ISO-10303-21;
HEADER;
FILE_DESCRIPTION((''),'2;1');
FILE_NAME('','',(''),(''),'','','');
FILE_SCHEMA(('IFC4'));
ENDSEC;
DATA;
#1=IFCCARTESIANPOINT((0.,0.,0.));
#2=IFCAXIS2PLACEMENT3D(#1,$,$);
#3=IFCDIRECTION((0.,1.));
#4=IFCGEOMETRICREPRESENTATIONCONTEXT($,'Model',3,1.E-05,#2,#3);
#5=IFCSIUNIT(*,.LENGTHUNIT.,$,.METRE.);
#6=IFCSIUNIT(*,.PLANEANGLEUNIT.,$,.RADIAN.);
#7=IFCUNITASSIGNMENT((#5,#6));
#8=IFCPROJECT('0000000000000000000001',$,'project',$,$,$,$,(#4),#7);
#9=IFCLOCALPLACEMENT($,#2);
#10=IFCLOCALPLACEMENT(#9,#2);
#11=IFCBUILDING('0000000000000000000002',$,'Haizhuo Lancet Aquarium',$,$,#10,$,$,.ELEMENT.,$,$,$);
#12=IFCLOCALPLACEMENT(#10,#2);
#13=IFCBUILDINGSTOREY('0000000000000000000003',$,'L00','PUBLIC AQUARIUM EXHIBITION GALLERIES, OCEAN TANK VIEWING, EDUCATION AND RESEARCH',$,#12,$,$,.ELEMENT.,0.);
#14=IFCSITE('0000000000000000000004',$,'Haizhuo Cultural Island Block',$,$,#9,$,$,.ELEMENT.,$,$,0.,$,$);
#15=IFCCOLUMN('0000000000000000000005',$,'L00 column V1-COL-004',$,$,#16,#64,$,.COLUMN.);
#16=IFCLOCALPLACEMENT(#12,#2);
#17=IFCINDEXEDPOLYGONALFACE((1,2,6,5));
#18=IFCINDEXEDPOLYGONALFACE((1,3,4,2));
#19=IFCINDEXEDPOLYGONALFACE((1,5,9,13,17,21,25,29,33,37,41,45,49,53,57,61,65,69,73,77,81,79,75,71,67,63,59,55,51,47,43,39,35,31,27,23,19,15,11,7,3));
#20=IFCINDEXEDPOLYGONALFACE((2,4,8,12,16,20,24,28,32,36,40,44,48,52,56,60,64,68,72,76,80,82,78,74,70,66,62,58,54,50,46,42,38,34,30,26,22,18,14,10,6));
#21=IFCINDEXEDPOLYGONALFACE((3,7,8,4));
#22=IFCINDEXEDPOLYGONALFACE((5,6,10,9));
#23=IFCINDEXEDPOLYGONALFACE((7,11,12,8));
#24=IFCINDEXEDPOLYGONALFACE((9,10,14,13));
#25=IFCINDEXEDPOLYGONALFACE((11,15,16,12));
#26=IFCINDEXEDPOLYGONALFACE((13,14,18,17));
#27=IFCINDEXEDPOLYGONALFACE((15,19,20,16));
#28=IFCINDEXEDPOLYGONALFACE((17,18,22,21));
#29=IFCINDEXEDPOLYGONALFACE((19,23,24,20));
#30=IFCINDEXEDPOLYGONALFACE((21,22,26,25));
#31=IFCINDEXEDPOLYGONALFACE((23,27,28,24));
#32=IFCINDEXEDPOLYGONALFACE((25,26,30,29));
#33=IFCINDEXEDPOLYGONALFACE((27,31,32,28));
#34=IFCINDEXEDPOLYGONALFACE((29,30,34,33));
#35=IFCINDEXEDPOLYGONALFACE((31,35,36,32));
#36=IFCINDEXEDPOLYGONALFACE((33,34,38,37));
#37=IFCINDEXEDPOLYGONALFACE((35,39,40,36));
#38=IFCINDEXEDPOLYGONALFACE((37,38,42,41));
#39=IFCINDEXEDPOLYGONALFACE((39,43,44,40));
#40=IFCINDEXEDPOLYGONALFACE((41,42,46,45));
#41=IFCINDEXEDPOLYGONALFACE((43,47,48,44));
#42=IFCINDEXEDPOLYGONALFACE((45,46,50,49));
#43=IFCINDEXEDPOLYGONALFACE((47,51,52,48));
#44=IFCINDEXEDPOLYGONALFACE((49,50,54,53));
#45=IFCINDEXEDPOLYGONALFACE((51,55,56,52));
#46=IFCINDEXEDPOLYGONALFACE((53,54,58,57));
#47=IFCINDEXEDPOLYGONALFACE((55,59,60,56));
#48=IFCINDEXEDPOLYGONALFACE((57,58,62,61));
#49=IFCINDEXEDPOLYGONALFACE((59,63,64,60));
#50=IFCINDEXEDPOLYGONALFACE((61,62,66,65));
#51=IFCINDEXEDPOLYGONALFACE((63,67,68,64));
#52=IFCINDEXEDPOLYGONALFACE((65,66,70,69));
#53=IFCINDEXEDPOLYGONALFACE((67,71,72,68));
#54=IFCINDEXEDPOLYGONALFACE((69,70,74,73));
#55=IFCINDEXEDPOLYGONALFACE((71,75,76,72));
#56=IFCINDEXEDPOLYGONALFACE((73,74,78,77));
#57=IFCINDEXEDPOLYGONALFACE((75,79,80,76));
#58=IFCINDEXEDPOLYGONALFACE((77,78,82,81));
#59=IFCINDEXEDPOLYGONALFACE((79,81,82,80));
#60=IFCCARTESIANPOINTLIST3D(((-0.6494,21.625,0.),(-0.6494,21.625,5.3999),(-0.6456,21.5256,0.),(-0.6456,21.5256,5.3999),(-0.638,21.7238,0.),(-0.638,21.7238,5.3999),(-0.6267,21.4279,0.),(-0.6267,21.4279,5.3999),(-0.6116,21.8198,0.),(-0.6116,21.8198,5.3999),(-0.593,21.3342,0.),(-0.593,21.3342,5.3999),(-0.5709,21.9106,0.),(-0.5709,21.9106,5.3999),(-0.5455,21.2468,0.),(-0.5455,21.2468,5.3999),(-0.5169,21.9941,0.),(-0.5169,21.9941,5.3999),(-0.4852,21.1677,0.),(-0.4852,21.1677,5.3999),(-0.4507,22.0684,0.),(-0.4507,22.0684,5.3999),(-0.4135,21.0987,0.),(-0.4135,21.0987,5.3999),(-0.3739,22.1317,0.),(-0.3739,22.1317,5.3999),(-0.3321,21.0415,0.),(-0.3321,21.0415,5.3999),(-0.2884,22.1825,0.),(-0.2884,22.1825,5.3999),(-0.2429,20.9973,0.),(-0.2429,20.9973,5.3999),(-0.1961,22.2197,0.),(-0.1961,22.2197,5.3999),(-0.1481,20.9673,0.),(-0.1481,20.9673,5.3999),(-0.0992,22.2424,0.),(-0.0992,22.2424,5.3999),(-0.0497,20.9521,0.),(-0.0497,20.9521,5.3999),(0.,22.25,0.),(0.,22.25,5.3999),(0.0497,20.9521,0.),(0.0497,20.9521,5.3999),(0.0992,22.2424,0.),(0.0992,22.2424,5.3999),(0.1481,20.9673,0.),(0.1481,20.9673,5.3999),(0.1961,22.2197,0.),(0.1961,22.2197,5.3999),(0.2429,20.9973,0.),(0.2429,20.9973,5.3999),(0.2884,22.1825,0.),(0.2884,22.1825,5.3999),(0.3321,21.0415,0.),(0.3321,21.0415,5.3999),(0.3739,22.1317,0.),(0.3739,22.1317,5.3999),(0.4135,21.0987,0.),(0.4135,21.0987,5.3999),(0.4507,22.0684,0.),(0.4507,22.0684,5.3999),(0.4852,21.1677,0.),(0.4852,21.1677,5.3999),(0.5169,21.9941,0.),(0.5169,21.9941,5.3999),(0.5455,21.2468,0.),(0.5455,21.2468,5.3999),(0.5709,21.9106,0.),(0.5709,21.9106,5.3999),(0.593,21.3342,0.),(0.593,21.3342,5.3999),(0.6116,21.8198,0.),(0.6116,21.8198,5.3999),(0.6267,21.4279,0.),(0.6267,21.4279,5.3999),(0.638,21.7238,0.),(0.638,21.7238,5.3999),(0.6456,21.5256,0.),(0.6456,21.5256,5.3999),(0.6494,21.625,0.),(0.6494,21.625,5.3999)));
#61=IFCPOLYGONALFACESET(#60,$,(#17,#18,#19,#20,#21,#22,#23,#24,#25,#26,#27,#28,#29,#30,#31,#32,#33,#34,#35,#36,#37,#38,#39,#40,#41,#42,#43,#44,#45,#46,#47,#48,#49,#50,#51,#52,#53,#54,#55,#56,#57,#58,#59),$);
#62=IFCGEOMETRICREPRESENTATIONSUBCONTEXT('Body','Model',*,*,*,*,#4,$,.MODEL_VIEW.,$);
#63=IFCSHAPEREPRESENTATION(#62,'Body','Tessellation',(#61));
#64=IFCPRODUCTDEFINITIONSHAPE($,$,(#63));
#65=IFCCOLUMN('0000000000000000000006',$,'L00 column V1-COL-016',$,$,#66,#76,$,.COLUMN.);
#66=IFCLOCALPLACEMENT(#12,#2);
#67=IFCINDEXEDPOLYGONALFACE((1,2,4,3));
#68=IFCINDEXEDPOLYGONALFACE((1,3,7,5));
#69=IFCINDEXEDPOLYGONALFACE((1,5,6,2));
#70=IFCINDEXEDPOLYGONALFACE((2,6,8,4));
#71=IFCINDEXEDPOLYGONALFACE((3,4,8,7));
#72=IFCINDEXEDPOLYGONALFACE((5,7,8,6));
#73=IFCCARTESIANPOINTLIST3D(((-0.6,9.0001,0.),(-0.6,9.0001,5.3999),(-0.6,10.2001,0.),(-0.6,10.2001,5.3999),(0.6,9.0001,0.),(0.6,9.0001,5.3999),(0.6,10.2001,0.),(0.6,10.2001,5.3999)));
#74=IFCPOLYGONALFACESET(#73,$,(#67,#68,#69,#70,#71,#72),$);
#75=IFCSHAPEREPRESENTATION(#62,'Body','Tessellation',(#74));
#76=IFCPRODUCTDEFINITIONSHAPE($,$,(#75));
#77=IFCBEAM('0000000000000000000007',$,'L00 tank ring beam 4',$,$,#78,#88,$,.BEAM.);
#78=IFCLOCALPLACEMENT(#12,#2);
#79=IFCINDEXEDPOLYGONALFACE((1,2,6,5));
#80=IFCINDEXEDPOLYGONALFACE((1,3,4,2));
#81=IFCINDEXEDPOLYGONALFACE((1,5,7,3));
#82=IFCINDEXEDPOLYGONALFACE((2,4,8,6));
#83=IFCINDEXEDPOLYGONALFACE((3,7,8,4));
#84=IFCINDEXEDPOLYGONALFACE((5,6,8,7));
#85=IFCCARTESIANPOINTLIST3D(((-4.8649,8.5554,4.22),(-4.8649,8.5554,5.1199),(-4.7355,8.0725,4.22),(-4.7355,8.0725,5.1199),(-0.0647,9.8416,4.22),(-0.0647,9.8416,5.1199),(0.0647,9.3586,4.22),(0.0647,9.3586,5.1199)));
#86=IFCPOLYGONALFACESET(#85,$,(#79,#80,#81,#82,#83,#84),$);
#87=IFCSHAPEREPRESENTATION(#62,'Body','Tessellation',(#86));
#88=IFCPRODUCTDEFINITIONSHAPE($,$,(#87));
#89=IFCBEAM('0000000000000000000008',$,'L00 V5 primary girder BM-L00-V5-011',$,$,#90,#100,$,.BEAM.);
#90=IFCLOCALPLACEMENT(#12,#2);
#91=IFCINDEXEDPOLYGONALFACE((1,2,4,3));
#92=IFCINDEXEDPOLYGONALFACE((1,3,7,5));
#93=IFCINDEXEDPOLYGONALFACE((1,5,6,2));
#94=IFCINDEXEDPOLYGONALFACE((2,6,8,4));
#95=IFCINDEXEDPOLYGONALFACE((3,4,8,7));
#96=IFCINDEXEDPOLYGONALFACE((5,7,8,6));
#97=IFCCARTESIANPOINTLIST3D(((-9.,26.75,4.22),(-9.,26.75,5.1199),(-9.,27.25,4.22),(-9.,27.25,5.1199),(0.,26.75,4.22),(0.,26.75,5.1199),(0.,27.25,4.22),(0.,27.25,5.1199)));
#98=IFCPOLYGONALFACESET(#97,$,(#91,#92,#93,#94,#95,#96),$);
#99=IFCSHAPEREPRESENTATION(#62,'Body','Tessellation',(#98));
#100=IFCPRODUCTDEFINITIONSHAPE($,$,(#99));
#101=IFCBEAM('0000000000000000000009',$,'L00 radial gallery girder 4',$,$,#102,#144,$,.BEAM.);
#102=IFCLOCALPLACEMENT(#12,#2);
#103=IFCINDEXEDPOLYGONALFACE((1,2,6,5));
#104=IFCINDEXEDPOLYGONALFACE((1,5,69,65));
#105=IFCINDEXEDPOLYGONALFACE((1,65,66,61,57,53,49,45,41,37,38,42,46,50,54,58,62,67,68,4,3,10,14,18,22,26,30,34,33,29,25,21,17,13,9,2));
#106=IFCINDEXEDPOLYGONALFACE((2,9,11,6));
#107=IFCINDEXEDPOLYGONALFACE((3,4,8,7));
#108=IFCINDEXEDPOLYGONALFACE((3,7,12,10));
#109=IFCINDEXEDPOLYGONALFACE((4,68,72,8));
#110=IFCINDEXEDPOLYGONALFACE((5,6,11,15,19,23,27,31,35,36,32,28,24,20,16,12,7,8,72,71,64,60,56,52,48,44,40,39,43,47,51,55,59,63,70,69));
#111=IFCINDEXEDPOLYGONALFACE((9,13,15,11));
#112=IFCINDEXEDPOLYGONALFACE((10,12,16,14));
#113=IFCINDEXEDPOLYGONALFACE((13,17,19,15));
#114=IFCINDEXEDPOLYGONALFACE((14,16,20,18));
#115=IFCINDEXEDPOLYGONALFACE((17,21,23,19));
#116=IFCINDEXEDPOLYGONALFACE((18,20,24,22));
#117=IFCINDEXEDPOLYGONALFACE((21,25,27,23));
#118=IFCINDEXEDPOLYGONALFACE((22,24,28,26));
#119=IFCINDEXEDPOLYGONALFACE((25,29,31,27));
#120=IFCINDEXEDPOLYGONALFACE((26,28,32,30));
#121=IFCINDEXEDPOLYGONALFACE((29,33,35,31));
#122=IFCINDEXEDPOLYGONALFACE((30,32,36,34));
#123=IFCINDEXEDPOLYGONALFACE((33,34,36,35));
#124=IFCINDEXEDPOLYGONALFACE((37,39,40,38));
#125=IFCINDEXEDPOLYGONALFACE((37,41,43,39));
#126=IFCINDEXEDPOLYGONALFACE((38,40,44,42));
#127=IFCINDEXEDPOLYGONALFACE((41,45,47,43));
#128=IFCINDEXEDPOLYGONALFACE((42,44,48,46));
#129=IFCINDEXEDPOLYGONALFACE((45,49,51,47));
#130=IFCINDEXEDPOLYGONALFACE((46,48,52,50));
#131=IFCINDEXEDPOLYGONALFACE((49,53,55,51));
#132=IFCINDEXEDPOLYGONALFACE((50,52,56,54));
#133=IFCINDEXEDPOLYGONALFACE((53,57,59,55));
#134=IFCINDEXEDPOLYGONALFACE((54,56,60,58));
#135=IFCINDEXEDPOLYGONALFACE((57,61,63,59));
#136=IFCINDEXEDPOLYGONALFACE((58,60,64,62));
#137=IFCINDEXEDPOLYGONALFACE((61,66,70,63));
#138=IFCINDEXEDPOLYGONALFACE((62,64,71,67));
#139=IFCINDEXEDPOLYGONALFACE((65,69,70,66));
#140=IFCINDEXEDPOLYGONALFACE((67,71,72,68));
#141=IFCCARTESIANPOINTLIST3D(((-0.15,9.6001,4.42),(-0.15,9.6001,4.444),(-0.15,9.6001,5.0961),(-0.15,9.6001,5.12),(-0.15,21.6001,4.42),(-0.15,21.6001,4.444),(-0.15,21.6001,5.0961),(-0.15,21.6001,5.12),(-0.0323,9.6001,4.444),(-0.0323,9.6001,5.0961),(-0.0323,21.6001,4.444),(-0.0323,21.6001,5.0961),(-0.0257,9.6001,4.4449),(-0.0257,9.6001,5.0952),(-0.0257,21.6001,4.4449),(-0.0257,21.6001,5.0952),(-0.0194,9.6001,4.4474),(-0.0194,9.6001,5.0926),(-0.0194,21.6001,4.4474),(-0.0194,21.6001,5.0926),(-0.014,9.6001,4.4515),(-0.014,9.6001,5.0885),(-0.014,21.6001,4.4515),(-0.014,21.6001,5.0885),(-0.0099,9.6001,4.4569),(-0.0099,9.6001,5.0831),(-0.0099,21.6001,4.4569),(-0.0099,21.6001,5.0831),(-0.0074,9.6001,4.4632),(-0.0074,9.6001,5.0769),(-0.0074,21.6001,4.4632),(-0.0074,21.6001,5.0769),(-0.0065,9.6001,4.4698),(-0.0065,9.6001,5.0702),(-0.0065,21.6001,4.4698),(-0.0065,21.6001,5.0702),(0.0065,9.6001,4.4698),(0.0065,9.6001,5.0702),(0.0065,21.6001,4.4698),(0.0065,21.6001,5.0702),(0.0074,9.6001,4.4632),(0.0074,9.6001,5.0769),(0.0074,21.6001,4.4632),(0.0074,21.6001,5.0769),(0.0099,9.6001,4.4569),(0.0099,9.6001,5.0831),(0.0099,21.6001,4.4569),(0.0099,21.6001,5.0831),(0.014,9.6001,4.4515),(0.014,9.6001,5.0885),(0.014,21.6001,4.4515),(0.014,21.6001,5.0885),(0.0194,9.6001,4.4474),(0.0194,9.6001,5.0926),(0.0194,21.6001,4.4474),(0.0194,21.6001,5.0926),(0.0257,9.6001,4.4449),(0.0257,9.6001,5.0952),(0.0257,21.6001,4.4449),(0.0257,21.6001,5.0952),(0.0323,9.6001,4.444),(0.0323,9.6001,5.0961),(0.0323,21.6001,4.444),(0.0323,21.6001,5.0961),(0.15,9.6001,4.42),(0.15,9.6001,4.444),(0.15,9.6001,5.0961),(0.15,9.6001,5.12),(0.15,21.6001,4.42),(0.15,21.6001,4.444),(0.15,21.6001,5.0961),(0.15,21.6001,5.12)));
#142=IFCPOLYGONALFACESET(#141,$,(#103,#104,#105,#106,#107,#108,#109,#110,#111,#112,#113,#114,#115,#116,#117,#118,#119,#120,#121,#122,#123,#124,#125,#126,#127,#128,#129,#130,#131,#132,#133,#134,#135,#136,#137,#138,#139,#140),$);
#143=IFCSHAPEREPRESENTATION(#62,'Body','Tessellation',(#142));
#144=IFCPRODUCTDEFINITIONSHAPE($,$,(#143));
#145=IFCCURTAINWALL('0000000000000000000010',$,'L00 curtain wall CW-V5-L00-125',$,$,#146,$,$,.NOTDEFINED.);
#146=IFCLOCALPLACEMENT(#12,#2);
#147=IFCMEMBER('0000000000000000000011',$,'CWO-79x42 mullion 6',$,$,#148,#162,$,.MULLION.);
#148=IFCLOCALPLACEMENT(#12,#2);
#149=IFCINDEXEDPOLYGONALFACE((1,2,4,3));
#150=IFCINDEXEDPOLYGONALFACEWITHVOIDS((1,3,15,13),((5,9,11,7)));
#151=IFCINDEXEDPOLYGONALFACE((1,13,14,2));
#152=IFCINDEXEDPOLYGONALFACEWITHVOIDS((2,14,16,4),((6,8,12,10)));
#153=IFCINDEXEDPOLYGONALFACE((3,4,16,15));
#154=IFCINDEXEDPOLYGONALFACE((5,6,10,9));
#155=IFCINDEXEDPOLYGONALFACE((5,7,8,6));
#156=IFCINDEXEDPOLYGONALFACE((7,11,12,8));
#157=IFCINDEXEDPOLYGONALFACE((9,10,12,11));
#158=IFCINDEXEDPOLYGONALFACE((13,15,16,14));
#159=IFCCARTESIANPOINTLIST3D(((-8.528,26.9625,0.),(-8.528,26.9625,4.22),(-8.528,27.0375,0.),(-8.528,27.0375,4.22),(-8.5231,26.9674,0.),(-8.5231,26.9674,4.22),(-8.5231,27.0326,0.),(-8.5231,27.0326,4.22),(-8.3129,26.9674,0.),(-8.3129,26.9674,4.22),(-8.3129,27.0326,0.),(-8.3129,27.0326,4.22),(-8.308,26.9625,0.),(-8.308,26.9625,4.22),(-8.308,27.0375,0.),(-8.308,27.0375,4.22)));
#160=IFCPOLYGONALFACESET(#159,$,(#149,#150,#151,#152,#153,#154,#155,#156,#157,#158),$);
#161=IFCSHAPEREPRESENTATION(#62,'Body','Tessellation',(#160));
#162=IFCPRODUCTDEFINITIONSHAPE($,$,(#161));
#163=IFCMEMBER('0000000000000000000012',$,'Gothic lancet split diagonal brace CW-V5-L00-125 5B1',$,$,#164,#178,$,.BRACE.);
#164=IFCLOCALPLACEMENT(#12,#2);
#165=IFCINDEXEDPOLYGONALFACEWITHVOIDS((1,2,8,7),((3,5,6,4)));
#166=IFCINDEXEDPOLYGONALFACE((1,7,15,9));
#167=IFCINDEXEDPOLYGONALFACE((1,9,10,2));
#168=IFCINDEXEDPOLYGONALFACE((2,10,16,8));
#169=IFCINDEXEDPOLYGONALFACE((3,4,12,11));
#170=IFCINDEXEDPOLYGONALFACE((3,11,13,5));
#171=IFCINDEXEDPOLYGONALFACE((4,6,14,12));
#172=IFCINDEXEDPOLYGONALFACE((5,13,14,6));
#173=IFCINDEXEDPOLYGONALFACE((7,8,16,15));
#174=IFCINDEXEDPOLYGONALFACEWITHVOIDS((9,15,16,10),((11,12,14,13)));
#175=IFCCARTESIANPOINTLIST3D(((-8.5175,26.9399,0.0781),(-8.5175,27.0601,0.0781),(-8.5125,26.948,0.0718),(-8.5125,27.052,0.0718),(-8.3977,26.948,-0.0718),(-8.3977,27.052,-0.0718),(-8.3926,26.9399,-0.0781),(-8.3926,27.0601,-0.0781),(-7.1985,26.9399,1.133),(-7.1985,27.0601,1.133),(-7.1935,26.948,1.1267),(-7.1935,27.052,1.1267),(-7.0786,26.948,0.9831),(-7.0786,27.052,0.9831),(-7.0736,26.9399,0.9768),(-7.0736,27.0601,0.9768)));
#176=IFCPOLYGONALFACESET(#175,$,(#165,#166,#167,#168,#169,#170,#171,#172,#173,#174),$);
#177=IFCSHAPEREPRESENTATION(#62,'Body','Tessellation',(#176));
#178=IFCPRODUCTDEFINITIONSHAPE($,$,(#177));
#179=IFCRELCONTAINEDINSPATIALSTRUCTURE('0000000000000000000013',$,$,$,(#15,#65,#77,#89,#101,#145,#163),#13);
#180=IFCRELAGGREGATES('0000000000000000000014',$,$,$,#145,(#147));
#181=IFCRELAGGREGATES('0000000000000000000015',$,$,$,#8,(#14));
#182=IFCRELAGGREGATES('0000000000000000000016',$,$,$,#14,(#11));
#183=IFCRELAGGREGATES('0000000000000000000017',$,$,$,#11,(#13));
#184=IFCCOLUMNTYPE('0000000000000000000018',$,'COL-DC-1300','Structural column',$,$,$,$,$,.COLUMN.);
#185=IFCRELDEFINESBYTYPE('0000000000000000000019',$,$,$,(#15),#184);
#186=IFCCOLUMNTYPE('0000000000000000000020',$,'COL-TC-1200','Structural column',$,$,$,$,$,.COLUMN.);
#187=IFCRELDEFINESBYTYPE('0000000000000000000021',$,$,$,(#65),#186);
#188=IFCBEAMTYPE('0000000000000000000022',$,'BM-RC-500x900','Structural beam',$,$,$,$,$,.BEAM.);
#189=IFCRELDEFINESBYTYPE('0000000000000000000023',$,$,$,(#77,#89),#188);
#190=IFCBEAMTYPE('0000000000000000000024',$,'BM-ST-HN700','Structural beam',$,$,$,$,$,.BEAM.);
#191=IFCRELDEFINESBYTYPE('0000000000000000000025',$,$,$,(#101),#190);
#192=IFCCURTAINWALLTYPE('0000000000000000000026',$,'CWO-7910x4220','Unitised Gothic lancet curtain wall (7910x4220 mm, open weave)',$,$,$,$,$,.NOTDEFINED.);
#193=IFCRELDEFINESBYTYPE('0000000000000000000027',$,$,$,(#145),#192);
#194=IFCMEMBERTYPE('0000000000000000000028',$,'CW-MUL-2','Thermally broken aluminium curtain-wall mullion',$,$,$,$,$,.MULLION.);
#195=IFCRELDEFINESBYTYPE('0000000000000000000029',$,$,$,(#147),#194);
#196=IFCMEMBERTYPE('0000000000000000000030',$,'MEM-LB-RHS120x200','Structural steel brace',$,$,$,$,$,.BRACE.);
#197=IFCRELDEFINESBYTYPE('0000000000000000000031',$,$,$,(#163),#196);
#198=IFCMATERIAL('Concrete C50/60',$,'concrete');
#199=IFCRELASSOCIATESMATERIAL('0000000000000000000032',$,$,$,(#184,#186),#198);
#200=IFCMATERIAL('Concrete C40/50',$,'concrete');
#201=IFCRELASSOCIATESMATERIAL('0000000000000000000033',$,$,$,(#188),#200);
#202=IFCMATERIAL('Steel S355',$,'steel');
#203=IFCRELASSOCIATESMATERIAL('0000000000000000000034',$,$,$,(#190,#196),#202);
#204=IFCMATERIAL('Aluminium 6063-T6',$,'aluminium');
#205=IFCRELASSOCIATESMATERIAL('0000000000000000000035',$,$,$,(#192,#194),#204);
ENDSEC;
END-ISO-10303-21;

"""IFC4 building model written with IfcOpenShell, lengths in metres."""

from ifc_helpers import new_model, si_unit, direction, frame, origin, origin_2d, place, context, subcontext, project, spatial, rectangle, hollow_rectangle, circle, i_section, extrude, material, material_profile, profile_set, type_object, element, aggregate, save


model = new_model("IFC4")

# Units and contexts
model_context = context("Model", 3, precision=1e-05, world=origin(), true_north=direction((0.0, 1.0)))
body_context = subcontext(model_context, "Body", "Model", "MODEL_VIEW")
ifc_project = project(units=[si_unit("LENGTHUNIT", "METRE"), si_unit("PLANEANGLEUNIT", "RADIAN")], contexts=[model_context])

# Site, building, storey
site_placement = place(None, origin())
site = spatial("IfcSite", under=ifc_project, at=site_placement, Name="Haizhuo Cultural Island Block", CompositionType="ELEMENT", RefElevation=0.0)
building_placement = place(site_placement, origin())
building = spatial("IfcBuilding", under=site, at=building_placement, Name="Haizhuo Lancet Aquarium", CompositionType="ELEMENT")
storey_placement = place(building_placement, origin())
storey = spatial("IfcBuildingStorey", under=building, at=storey_placement, Name="L00", Description="PUBLIC AQUARIUM EXHIBITION GALLERIES, OCEAN TANK VIEWING, EDUCATION AND RESEARCH", CompositionType="ELEMENT", Elevation=0.0)

# Columns
ifc_material_1 = material(Name="Concrete C50/60", Category="concrete")
ifc_material_profile_1 = material_profile(ifc_material_1, circle(Radius=0.6499, at=origin_2d()), Name="RC-DC 1300")
ifc_profile_set_1 = profile_set([ifc_material_profile_1], Name="Concrete C50/60")
column_type_1 = type_object("IfcColumnType", Name="COL-DC-1300", Description="Structural column", PredefinedType="COLUMN", material=ifc_profile_set_1)
column_1_placement = place(storey_placement, frame((0.0, 21.6001, 0.0), z_axis=(0.0, 0.0, 1.0), x_axis=(0.0, 1.0, 0.0)))
element("IfcColumn", 1, at=column_1_placement, inside=storey, type_object=column_type_1, Name="L00 column V1-COL-004", PredefinedType="COLUMN", context=body_context, shape_type="SweptSolid", body=[
    extrude(circle(Radius=0.6499, at=origin_2d()), origin(), (0.0, 0.0, 1.0), 5.3999),
])
ifc_material_profile_2 = material_profile(ifc_material_1, rectangle(XDim=1.2, YDim=1.2, at=origin_2d()), Name="RC-COL 1200x1200")
ifc_profile_set_2 = profile_set([ifc_material_profile_2], Name="Concrete C50/60")
column_type_2 = type_object("IfcColumnType", Name="COL-TC-1200", Description="Structural column", PredefinedType="COLUMN", material=ifc_profile_set_2)
column_2_placement = place(storey_placement, frame((0.0, 9.6001, 0.0), z_axis=(0.0, 0.0, 1.0), x_axis=(0.0, 1.0, 0.0)))
element("IfcColumn", 2, at=column_2_placement, inside=storey, type_object=column_type_2, Name="L00 column V1-COL-016", PredefinedType="COLUMN", context=body_context, shape_type="SweptSolid", body=[
    extrude(rectangle(XDim=1.2, YDim=1.2, at=origin_2d()), origin(), (0.0, 0.0, 1.0), 5.3999),
])

# Beams
ifc_material_2 = material(Name="Concrete C40/50", Category="concrete")
ifc_material_profile_3 = material_profile(ifc_material_2, rectangle(XDim=0.5, YDim=0.8999, at=origin_2d()), Name="RC-BM 500x900")
ifc_profile_set_3 = profile_set([ifc_material_profile_3], Name="Concrete C40/50")
beam_type_1 = type_object("IfcBeamType", Name="BM-RC-500x900", Description="Structural beam", PredefinedType="BEAM", material=ifc_profile_set_3)
beam_1_placement = place(storey_placement, frame((0.0, 9.6001, 4.6699), z_axis=(-0.965928, -0.258812, 0.0), x_axis=(0.258812, -0.965928, 0.0)))
element("IfcBeam", 3, at=beam_1_placement, inside=storey, type_object=beam_type_1, Name="L00 tank ring beam 4", PredefinedType="BEAM", context=body_context, shape_type="SweptSolid", body=[
    extrude(rectangle(XDim=0.5, YDim=0.8999, at=origin_2d()), origin(), (0.0, 0.0, 1.0), 4.9695),
])
beam_2_placement = place(storey_placement, frame((-9.0, 27.0, 4.6699), z_axis=(1.0, 0.0, 0.0), x_axis=(0.0, 1.0, 0.0)))
element("IfcBeam", 4, at=beam_2_placement, inside=storey, type_object=beam_type_1, Name="L00 V5 primary girder BM-L00-V5-011", PredefinedType="BEAM", context=body_context, shape_type="SweptSolid", body=[
    extrude(rectangle(XDim=0.5, YDim=0.8999, at=origin_2d()), origin(), (0.0, 0.0, 1.0), 9.0),
])
ifc_material_3 = material(Name="Steel S355", Category="steel")
ifc_material_profile_4 = material_profile(ifc_material_3, i_section(OverallWidth=0.3, OverallDepth=0.7, WebThickness=0.0129, FlangeThickness=0.0239, FilletRadius=0.0259, at=origin_2d()), Name="HN 700x300x13x24")
ifc_profile_set_4 = profile_set([ifc_material_profile_4], Name="Steel S355")
beam_type_2 = type_object("IfcBeamType", Name="BM-ST-HN700", Description="Structural beam", PredefinedType="BEAM", material=ifc_profile_set_4)
beam_3_placement = place(storey_placement, frame((0.0, 9.6001, 4.77), z_axis=(0.0, 1.0, 0.0), x_axis=(-1.0, 0.0, 0.0)))
element("IfcBeam", 5, at=beam_3_placement, inside=storey, type_object=beam_type_2, Name="L00 radial gallery girder 4", PredefinedType="BEAM", context=body_context, shape_type="SweptSolid", body=[
    extrude(i_section(OverallWidth=0.3, OverallDepth=0.7, WebThickness=0.0129, FlangeThickness=0.0239, FilletRadius=0.0259, at=origin_2d()), origin(), (0.0, 0.0, 1.0), 12.0),
])

# Curtain wall, member
ifc_material_4 = material(Name="Aluminium 6063-T6", Category="aluminium")
curtain_wall_type = type_object("IfcCurtainWallType", Name="CWO-7910x4220", Description="Unitised Gothic lancet curtain wall (7910x4220 mm, open weave)", PredefinedType="NOTDEFINED", material=ifc_material_4)
curtain_wall_placement = place(storey_placement, origin())
curtain_wall = element("IfcCurtainWall", 6, at=curtain_wall_placement, inside=storey, type_object=curtain_wall_type, Name="L00 curtain wall CW-V5-L00-125", PredefinedType="NOTDEFINED")
ifc_material_profile_5 = material_profile(ifc_material_4, hollow_rectangle(XDim=0.075, YDim=0.22, WallThickness=0.0049, at=origin_2d()), Name="ALU-M 75x220x5")
ifc_profile_set_5 = profile_set([ifc_material_profile_5], Name="Aluminium 6063-T6")
member_type_1 = type_object("IfcMemberType", Name="CW-MUL-2", Description="Thermally broken aluminium curtain-wall mullion", PredefinedType="MULLION", material=ifc_profile_set_5)
member_1_placement = place(storey_placement, frame((-8.418, 27.0, 0.0), z_axis=(0.0, 0.0, 1.0), x_axis=(0.0, -1.0, 0.0)))
member_1 = element("IfcMember", 7, at=member_1_placement, type_object=member_type_1, Name="CWO-79x42 mullion 6", PredefinedType="MULLION", context=body_context, shape_type="SweptSolid", body=[
    extrude(hollow_rectangle(XDim=0.075, YDim=0.22, WallThickness=0.0049, at=origin_2d()), origin(), (0.0, 0.0, 1.0), 4.22),
])

# Member
ifc_material_profile_6 = material_profile(ifc_material_3, hollow_rectangle(XDim=0.1201, YDim=0.2, WallThickness=0.0081, at=origin_2d()), Name="RHS 120x200x8")
ifc_profile_set_6 = profile_set([ifc_material_profile_6], Name="Steel S355")
member_type_2 = type_object("IfcMemberType", Name="MEM-LB-RHS120x200", Description="Structural steel brace", PredefinedType="BRACE", material=ifc_profile_set_6)
member_2_placement = place(storey_placement, frame((-8.4551, 27.0, 0.0), z_axis=(0.780968, 0.0, 0.624572), x_axis=(0.0, 1.0, 0.0)))
element("IfcMember", 8, at=member_2_placement, inside=storey, type_object=member_type_2, Name="Gothic lancet split diagonal brace CW-V5-L00-125 5B1", PredefinedType="BRACE", context=body_context, shape_type="SweptSolid", body=[
    extrude(hollow_rectangle(XDim=0.1201, YDim=0.2, WallThickness=0.0081, at=origin_2d()), origin(), (0.0, 0.0, 1.0), 1.689),
])

aggregate(curtain_wall, [member_1])

save(model, "model.ifc")
